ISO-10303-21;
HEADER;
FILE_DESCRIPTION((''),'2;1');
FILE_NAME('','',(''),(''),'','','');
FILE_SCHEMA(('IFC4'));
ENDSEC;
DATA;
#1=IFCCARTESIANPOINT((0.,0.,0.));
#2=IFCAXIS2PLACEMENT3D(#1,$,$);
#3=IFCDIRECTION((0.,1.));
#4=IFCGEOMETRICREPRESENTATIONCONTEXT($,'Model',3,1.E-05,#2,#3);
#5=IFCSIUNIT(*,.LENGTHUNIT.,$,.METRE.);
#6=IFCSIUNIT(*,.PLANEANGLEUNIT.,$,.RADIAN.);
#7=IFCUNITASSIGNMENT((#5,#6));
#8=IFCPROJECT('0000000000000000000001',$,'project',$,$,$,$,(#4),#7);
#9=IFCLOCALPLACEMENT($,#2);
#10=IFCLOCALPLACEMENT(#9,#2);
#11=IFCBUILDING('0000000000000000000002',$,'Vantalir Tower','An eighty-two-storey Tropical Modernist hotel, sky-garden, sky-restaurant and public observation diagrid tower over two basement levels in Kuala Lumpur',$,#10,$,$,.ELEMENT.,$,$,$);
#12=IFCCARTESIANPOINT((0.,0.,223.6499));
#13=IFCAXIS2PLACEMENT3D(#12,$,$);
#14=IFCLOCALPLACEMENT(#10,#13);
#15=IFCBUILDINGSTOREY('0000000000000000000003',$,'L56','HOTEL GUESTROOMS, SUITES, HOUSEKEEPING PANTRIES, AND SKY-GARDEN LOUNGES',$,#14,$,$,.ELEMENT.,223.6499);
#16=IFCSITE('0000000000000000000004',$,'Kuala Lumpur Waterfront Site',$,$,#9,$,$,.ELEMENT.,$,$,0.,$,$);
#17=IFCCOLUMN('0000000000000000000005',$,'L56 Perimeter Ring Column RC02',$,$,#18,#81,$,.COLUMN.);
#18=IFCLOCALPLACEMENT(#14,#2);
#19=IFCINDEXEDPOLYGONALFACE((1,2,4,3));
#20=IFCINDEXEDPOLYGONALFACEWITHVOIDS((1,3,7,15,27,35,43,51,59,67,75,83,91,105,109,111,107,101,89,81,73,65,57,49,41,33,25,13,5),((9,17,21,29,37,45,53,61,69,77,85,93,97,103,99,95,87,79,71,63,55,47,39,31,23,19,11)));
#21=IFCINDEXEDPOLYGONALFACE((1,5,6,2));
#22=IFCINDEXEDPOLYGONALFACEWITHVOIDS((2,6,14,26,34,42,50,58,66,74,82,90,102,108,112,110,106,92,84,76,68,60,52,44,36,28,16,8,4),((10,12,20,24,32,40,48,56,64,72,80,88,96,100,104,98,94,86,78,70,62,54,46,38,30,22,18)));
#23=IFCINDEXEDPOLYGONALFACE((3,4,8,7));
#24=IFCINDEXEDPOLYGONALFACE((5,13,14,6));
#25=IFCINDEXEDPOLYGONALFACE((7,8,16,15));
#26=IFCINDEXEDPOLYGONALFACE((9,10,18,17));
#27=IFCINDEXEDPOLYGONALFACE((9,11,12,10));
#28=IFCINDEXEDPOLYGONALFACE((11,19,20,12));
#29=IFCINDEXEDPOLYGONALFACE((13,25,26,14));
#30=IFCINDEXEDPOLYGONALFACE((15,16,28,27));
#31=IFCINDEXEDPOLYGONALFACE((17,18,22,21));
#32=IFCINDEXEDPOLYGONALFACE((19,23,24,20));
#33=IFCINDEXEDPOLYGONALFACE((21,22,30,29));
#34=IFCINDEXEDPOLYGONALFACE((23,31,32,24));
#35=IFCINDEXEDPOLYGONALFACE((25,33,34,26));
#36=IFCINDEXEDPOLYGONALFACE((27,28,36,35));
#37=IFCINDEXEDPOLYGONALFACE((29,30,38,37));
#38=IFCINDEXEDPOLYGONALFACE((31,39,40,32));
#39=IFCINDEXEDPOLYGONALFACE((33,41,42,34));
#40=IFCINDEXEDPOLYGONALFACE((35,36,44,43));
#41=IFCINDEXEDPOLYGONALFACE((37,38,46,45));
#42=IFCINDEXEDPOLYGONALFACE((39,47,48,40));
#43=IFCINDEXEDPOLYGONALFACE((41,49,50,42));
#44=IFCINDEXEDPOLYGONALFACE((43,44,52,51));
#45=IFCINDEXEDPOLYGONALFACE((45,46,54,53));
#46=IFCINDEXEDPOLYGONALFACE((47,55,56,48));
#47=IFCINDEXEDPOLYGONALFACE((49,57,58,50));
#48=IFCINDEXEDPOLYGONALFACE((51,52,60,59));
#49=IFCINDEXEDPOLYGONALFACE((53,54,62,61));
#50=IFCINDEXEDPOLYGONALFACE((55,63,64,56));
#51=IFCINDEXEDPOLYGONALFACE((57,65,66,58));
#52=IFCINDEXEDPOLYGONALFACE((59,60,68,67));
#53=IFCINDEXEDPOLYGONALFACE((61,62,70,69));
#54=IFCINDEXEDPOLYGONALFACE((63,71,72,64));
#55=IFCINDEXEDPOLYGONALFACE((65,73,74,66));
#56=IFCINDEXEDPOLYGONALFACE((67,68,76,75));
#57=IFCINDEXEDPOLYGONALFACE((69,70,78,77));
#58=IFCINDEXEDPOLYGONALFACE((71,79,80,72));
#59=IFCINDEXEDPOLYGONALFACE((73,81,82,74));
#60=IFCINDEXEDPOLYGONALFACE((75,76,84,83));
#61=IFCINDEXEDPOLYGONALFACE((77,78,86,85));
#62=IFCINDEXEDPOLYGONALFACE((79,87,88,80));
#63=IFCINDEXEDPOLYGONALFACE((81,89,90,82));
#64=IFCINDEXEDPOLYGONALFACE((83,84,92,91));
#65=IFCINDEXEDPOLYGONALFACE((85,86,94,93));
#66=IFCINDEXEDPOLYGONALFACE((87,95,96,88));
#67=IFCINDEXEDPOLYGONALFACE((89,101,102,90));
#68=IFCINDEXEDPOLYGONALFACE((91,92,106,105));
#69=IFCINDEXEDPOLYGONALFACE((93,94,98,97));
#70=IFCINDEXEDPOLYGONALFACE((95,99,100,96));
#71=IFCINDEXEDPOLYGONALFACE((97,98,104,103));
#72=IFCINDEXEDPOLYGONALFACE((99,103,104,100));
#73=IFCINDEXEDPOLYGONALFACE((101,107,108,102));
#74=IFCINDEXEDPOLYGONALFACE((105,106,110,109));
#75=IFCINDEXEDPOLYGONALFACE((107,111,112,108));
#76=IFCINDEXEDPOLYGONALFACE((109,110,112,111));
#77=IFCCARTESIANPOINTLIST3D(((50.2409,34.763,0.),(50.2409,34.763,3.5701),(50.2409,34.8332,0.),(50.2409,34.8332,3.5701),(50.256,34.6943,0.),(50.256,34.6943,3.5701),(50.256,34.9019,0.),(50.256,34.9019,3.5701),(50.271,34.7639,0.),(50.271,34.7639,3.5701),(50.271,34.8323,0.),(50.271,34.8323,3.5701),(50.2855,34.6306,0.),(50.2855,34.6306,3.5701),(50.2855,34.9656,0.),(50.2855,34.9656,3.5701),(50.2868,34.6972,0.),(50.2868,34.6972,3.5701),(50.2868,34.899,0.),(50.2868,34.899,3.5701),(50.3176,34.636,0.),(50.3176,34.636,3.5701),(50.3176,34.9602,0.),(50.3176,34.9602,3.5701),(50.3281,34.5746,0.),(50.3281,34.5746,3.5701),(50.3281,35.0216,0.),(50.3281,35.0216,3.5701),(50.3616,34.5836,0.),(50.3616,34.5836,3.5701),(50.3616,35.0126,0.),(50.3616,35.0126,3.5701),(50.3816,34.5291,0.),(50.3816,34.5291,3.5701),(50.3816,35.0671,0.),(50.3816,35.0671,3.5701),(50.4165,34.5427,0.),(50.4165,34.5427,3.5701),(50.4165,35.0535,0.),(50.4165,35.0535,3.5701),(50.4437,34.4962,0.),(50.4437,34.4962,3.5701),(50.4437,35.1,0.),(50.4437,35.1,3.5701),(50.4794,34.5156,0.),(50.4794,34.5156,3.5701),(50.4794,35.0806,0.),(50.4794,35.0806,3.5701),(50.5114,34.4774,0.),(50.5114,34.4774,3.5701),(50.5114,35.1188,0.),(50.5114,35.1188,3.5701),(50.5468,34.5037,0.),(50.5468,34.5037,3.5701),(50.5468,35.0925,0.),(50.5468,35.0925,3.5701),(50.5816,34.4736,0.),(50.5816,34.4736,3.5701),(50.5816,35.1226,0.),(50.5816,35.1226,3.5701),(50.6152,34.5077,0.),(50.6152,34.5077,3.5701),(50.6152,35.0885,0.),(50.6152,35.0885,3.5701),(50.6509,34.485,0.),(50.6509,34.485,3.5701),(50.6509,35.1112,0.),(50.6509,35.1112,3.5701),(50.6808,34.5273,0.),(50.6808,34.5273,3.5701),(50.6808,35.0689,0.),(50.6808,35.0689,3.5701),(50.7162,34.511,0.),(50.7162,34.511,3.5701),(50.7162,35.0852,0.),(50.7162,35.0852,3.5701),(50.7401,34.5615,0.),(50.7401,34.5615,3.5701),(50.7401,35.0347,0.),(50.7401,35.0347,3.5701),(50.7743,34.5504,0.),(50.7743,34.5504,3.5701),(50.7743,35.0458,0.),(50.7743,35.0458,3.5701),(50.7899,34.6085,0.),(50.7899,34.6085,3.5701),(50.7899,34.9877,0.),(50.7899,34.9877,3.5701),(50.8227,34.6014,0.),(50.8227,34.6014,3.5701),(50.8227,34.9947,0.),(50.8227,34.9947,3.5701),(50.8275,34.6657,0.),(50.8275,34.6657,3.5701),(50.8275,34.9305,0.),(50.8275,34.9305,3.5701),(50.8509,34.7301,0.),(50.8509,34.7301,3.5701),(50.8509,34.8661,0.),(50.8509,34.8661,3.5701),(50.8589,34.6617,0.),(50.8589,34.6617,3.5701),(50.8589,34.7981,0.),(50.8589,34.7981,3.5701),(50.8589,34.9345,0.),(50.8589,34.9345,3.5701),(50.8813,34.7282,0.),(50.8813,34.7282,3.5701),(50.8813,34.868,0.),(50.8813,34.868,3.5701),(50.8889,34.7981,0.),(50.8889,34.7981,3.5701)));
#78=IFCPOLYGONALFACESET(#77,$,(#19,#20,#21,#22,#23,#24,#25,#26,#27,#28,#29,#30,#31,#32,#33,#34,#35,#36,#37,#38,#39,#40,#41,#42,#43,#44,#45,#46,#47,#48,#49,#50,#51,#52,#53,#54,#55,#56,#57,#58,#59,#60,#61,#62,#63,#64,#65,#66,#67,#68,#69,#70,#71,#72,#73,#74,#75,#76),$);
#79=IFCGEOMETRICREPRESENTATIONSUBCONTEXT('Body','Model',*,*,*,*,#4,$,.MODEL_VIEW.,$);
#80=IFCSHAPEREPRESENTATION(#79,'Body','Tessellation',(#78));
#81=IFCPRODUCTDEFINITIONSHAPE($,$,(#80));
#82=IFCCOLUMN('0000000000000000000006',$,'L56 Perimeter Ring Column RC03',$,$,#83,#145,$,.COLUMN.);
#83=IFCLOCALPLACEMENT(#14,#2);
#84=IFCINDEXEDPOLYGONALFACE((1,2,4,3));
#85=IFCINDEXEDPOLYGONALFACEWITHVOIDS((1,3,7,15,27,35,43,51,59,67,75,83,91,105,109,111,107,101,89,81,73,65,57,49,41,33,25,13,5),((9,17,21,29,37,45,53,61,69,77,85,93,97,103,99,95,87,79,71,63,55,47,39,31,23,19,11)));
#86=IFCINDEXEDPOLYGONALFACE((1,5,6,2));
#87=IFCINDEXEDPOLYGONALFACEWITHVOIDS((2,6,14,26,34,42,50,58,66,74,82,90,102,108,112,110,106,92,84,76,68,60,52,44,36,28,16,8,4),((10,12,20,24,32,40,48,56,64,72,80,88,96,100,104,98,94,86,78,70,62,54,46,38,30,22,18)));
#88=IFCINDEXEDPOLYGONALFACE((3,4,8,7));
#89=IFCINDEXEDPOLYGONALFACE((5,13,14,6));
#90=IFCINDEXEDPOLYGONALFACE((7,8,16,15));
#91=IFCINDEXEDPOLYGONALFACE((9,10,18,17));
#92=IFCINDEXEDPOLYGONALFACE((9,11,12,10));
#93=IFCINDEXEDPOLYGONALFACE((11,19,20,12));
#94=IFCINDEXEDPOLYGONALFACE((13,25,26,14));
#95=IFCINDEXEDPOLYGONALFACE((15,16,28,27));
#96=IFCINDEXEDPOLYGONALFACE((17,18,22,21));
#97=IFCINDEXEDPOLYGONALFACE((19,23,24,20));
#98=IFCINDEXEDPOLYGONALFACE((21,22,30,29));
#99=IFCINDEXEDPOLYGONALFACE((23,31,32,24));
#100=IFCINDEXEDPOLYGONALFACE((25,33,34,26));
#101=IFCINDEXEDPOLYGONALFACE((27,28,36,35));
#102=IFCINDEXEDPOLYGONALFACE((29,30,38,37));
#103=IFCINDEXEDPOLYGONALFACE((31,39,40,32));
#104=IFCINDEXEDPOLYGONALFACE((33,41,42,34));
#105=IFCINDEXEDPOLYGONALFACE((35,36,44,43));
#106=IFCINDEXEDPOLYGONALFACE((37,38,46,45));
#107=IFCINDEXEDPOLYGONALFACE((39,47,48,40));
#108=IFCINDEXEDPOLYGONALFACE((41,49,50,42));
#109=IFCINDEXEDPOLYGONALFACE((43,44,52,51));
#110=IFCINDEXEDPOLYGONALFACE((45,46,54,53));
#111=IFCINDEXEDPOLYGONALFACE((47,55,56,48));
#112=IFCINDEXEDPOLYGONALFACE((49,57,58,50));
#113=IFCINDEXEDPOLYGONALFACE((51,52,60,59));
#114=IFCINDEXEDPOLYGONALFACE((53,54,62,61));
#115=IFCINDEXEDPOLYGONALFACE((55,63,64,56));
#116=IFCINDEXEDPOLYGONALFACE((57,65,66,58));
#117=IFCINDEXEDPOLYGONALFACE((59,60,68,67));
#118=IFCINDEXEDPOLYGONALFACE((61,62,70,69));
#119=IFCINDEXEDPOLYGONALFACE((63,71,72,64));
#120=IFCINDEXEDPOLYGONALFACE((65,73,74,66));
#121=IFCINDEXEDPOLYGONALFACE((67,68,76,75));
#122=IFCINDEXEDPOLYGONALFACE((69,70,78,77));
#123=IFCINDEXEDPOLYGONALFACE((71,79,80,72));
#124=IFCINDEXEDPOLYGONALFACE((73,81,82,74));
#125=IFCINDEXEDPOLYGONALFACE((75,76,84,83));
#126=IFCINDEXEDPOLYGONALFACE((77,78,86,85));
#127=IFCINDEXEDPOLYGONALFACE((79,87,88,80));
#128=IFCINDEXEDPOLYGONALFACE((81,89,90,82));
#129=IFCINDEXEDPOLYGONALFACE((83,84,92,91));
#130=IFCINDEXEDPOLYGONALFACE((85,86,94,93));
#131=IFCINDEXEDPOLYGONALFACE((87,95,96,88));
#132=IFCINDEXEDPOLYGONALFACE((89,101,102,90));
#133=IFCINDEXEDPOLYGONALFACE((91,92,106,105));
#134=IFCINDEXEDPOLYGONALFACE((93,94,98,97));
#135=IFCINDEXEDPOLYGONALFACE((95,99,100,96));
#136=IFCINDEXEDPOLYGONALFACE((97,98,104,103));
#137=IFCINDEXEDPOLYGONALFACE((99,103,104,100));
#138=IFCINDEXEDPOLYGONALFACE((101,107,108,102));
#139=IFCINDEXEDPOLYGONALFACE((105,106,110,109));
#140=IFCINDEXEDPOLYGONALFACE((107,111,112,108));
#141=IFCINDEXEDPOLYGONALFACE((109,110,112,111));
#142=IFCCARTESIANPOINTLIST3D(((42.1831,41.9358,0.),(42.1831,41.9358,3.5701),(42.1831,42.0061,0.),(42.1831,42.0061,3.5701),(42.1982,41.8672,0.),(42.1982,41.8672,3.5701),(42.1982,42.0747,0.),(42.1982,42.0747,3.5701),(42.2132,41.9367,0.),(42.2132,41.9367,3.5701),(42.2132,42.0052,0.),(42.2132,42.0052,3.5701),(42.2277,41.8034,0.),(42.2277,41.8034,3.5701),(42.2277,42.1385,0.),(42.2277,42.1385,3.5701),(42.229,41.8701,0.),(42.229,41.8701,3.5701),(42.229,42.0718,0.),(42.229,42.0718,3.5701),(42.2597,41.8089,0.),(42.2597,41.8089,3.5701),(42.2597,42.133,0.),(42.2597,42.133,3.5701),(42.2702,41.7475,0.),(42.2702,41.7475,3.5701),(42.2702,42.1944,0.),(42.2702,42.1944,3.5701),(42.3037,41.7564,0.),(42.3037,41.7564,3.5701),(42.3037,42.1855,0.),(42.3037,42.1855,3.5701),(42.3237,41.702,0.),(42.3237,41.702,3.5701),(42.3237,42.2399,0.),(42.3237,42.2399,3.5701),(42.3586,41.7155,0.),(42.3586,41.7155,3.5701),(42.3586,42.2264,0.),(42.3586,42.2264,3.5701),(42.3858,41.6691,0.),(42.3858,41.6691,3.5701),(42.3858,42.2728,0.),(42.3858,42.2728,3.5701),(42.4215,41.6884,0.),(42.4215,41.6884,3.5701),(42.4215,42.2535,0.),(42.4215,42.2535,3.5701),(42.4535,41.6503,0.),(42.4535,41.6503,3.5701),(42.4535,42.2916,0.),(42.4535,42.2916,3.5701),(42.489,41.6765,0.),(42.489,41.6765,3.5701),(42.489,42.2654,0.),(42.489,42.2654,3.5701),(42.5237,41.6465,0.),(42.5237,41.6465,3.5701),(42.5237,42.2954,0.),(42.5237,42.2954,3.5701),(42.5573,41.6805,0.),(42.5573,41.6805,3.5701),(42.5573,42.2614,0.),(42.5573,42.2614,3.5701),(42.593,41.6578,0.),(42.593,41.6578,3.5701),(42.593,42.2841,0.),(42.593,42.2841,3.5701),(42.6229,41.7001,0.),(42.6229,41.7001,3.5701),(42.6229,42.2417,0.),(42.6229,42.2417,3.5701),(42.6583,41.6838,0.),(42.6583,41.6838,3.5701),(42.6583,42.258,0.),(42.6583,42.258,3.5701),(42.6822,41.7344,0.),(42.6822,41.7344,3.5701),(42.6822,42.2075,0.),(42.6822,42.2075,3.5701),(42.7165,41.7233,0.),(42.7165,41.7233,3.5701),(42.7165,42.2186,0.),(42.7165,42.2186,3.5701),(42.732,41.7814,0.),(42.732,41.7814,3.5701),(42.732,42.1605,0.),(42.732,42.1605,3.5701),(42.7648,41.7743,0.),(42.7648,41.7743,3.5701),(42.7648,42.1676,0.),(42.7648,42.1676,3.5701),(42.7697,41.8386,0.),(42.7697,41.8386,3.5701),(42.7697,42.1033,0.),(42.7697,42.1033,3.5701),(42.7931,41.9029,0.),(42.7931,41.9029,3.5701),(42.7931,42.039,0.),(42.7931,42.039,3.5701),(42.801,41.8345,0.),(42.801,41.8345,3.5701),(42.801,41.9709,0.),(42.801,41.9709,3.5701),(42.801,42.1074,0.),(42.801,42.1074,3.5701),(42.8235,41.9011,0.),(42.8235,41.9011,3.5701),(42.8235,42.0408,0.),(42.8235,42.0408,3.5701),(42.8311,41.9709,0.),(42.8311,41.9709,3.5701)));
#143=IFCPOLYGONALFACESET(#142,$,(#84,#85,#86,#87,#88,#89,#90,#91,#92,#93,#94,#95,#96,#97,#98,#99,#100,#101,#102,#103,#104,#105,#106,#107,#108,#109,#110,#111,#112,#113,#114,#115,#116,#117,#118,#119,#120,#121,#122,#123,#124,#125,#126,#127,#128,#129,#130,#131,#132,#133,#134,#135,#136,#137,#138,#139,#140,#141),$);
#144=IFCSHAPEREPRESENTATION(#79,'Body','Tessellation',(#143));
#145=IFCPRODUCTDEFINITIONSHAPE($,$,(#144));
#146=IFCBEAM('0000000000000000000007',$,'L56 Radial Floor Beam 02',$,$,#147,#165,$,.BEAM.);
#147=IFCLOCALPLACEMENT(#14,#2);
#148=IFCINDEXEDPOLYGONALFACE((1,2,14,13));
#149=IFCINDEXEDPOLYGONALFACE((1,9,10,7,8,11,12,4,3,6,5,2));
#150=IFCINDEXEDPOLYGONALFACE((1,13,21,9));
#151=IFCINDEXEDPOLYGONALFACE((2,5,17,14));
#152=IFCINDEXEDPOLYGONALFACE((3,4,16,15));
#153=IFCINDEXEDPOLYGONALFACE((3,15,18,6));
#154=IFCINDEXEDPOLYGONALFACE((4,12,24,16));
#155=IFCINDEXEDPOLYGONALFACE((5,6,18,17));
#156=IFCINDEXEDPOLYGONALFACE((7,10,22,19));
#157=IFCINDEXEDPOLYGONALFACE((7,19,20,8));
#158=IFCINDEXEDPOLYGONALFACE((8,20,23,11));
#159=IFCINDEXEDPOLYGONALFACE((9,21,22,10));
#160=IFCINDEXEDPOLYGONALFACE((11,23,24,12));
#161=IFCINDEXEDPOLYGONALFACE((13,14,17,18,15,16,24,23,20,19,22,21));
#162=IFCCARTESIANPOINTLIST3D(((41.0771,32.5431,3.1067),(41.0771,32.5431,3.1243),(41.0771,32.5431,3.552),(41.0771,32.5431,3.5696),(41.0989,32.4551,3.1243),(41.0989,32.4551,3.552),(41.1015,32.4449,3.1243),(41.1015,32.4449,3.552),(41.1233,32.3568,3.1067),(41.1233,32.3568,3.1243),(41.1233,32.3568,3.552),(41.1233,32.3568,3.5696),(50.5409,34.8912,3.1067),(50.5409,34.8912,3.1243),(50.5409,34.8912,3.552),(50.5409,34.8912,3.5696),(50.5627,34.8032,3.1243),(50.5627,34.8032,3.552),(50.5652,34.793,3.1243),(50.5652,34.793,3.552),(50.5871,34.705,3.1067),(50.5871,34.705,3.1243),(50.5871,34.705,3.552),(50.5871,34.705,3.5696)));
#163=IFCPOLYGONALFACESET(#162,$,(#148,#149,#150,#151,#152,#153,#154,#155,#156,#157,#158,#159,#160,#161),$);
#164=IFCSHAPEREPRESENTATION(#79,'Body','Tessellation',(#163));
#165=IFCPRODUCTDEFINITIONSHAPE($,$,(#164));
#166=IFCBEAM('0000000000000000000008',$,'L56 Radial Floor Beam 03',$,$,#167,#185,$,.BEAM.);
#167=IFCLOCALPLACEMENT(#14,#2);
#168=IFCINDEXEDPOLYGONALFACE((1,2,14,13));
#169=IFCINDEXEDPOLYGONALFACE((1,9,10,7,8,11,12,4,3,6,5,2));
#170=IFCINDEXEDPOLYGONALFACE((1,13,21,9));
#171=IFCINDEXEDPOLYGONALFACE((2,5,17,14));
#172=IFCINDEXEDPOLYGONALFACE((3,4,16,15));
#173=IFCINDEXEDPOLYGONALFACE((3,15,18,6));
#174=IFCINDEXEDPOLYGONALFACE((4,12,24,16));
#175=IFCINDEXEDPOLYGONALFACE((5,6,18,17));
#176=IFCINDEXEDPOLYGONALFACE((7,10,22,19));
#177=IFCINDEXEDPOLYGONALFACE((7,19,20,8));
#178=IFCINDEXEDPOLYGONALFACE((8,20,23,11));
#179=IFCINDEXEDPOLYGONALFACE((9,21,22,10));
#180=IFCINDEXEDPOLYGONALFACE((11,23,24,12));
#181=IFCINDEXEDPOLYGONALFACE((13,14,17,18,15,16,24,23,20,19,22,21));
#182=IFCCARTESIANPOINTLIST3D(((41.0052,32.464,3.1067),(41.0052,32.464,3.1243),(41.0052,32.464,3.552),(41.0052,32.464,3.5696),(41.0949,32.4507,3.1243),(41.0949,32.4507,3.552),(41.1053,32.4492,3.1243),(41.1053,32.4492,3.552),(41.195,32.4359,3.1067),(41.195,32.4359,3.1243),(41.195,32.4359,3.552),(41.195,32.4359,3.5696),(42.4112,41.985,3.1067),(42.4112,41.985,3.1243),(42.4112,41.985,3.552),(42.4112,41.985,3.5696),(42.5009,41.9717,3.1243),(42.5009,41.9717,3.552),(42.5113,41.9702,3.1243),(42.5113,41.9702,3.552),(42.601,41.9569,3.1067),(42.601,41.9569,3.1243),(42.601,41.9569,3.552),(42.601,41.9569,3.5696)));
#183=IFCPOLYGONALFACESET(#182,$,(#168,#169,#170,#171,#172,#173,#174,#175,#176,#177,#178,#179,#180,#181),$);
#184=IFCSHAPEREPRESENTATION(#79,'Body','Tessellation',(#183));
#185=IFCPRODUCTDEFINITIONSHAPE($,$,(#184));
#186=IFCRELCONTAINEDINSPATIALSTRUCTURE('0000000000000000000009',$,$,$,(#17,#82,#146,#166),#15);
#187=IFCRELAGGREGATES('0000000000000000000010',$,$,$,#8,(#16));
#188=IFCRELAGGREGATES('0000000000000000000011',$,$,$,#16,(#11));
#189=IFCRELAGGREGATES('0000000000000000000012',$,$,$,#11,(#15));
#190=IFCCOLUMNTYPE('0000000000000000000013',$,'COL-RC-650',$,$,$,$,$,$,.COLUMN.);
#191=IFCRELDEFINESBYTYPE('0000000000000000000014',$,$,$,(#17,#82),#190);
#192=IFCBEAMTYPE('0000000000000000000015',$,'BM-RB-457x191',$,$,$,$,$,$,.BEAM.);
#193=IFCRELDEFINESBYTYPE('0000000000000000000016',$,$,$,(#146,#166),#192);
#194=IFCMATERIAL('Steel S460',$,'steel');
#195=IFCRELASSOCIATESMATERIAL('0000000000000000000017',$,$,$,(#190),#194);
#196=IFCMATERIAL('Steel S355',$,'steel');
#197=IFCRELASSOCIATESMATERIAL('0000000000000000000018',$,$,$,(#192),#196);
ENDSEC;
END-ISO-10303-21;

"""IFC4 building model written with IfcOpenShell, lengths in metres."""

from ifc_helpers import new_model, si_unit, direction, frame, origin, origin_2d, place, context, subcontext, project, spatial, hollow_circle, i_section, extrude, material, material_profile, profile_set, type_object, element, save


model = new_model("IFC4")

# Units and contexts
model_context = context("Model", 3, precision=1e-05, world=origin(), true_north=direction((0.0, 1.0)))
body_context = subcontext(model_context, "Body", "Model", "MODEL_VIEW")
ifc_project = project(units=[si_unit("LENGTHUNIT", "METRE"), si_unit("PLANEANGLEUNIT", "RADIAN")], contexts=[model_context])

# Site, building, storey
site_placement = place(None, origin())
site = spatial("IfcSite", under=ifc_project, at=site_placement, Name="Kuala Lumpur Waterfront Site", CompositionType="ELEMENT", RefElevation=0.0)
building_placement = place(site_placement, origin())
building = spatial("IfcBuilding", under=site, at=building_placement, Name="Vantalir Tower", Description="An eighty-two-storey Tropical Modernist hotel, sky-garden, sky-restaurant and public observation diagrid tower over two basement levels in Kuala Lumpur", CompositionType="ELEMENT")
storey_placement = place(building_placement, frame((0.0, 0.0, 223.6499)))
storey = spatial("IfcBuildingStorey", under=building, at=storey_placement, Name="L56", Description="HOTEL GUESTROOMS, SUITES, HOUSEKEEPING PANTRIES, AND SKY-GARDEN LOUNGES", CompositionType="ELEMENT", Elevation=223.6499)

# Columns
ifc_material_1 = material(Name="Steel S460", Category="steel")
ifc_material_profile_1 = material_profile(ifc_material_1, hollow_circle(Radius=0.325, WallThickness=0.03, at=origin_2d()), Name="Steel S460")
ifc_profile_set_1 = profile_set([ifc_material_profile_1], Name="Steel S460")
column_type = type_object("IfcColumnType", Name="COL-RC-650", PredefinedType="COLUMN", material=ifc_profile_set_1)
for number, where, z_axis, x_axis, name in (
    (1, (50.564, 34.7981, 0.0), (0.0, 0.0, 1.0), (1.0, 0.0, 0.0), "L56 Perimeter Ring Column RC02"),
    (2, (42.5061, 41.9709, 0.0), (0.0, 0.0, 1.0), (1.0, 0.0, 0.0), "L56 Perimeter Ring Column RC03"),
):
    element("IfcColumn", number, at=place(storey_placement, frame(where, z_axis=z_axis, x_axis=x_axis)), inside=storey, type_object=column_type, Name=name, PredefinedType="COLUMN", context=body_context, shape_type="SweptSolid", body=[
        extrude(hollow_circle(Radius=0.325, WallThickness=0.03, at=origin_2d()), origin(), (0.0, 0.0, 1.0), 3.5701),
    ])

# Beams
ifc_material_2 = material(Name="Steel S355", Category="steel")
ifc_material_profile_2 = material_profile(ifc_material_2, i_section(OverallWidth=0.1919, OverallDepth=0.4629, WebThickness=0.0105, FlangeThickness=0.0176, at=origin_2d()), Name="Steel S355")
ifc_profile_set_2 = profile_set([ifc_material_profile_2], Name="Steel S355")
beam_type_1 = type_object("IfcBeamType", Name="BM-RB-457x191", PredefinedType="BEAM", material=ifc_profile_set_2)
beam_1_placement = place(storey_placement, frame((50.564, 34.7981, 3.3381), z_axis=(-0.970571, -0.240815, 0.0), x_axis=(0.240815, -0.970571, 0.0)))
element("IfcBeam", 3, at=beam_1_placement, inside=storey, type_object=beam_type_1, Name="L56 Radial Floor Beam 02", PredefinedType="BEAM", context=body_context, shape_type="SweptSolid", body=[
    extrude(i_section(OverallWidth=0.1919, OverallDepth=0.4629, WebThickness=0.0105, FlangeThickness=0.0176, at=origin_2d()), origin(), (0.0, 0.0, 1.0), 9.7507),
])
beam_2_placement = place(storey_placement, frame((42.5061, 41.9709, 3.3381), z_axis=(-0.14609, -0.989271, 0.0), x_axis=(0.989271, -0.14609, 0.0)))
element("IfcBeam", 4, at=beam_2_placement, inside=storey, type_object=beam_type_1, Name="L56 Radial Floor Beam 03", PredefinedType="BEAM", context=body_context, shape_type="SweptSolid", body=[
    extrude(i_section(OverallWidth=0.1919, OverallDepth=0.4629, WebThickness=0.0105, FlangeThickness=0.0176, at=origin_2d()), origin(), (0.0, 0.0, 1.0), 9.6243),
])

save(model, "model.ifc")
